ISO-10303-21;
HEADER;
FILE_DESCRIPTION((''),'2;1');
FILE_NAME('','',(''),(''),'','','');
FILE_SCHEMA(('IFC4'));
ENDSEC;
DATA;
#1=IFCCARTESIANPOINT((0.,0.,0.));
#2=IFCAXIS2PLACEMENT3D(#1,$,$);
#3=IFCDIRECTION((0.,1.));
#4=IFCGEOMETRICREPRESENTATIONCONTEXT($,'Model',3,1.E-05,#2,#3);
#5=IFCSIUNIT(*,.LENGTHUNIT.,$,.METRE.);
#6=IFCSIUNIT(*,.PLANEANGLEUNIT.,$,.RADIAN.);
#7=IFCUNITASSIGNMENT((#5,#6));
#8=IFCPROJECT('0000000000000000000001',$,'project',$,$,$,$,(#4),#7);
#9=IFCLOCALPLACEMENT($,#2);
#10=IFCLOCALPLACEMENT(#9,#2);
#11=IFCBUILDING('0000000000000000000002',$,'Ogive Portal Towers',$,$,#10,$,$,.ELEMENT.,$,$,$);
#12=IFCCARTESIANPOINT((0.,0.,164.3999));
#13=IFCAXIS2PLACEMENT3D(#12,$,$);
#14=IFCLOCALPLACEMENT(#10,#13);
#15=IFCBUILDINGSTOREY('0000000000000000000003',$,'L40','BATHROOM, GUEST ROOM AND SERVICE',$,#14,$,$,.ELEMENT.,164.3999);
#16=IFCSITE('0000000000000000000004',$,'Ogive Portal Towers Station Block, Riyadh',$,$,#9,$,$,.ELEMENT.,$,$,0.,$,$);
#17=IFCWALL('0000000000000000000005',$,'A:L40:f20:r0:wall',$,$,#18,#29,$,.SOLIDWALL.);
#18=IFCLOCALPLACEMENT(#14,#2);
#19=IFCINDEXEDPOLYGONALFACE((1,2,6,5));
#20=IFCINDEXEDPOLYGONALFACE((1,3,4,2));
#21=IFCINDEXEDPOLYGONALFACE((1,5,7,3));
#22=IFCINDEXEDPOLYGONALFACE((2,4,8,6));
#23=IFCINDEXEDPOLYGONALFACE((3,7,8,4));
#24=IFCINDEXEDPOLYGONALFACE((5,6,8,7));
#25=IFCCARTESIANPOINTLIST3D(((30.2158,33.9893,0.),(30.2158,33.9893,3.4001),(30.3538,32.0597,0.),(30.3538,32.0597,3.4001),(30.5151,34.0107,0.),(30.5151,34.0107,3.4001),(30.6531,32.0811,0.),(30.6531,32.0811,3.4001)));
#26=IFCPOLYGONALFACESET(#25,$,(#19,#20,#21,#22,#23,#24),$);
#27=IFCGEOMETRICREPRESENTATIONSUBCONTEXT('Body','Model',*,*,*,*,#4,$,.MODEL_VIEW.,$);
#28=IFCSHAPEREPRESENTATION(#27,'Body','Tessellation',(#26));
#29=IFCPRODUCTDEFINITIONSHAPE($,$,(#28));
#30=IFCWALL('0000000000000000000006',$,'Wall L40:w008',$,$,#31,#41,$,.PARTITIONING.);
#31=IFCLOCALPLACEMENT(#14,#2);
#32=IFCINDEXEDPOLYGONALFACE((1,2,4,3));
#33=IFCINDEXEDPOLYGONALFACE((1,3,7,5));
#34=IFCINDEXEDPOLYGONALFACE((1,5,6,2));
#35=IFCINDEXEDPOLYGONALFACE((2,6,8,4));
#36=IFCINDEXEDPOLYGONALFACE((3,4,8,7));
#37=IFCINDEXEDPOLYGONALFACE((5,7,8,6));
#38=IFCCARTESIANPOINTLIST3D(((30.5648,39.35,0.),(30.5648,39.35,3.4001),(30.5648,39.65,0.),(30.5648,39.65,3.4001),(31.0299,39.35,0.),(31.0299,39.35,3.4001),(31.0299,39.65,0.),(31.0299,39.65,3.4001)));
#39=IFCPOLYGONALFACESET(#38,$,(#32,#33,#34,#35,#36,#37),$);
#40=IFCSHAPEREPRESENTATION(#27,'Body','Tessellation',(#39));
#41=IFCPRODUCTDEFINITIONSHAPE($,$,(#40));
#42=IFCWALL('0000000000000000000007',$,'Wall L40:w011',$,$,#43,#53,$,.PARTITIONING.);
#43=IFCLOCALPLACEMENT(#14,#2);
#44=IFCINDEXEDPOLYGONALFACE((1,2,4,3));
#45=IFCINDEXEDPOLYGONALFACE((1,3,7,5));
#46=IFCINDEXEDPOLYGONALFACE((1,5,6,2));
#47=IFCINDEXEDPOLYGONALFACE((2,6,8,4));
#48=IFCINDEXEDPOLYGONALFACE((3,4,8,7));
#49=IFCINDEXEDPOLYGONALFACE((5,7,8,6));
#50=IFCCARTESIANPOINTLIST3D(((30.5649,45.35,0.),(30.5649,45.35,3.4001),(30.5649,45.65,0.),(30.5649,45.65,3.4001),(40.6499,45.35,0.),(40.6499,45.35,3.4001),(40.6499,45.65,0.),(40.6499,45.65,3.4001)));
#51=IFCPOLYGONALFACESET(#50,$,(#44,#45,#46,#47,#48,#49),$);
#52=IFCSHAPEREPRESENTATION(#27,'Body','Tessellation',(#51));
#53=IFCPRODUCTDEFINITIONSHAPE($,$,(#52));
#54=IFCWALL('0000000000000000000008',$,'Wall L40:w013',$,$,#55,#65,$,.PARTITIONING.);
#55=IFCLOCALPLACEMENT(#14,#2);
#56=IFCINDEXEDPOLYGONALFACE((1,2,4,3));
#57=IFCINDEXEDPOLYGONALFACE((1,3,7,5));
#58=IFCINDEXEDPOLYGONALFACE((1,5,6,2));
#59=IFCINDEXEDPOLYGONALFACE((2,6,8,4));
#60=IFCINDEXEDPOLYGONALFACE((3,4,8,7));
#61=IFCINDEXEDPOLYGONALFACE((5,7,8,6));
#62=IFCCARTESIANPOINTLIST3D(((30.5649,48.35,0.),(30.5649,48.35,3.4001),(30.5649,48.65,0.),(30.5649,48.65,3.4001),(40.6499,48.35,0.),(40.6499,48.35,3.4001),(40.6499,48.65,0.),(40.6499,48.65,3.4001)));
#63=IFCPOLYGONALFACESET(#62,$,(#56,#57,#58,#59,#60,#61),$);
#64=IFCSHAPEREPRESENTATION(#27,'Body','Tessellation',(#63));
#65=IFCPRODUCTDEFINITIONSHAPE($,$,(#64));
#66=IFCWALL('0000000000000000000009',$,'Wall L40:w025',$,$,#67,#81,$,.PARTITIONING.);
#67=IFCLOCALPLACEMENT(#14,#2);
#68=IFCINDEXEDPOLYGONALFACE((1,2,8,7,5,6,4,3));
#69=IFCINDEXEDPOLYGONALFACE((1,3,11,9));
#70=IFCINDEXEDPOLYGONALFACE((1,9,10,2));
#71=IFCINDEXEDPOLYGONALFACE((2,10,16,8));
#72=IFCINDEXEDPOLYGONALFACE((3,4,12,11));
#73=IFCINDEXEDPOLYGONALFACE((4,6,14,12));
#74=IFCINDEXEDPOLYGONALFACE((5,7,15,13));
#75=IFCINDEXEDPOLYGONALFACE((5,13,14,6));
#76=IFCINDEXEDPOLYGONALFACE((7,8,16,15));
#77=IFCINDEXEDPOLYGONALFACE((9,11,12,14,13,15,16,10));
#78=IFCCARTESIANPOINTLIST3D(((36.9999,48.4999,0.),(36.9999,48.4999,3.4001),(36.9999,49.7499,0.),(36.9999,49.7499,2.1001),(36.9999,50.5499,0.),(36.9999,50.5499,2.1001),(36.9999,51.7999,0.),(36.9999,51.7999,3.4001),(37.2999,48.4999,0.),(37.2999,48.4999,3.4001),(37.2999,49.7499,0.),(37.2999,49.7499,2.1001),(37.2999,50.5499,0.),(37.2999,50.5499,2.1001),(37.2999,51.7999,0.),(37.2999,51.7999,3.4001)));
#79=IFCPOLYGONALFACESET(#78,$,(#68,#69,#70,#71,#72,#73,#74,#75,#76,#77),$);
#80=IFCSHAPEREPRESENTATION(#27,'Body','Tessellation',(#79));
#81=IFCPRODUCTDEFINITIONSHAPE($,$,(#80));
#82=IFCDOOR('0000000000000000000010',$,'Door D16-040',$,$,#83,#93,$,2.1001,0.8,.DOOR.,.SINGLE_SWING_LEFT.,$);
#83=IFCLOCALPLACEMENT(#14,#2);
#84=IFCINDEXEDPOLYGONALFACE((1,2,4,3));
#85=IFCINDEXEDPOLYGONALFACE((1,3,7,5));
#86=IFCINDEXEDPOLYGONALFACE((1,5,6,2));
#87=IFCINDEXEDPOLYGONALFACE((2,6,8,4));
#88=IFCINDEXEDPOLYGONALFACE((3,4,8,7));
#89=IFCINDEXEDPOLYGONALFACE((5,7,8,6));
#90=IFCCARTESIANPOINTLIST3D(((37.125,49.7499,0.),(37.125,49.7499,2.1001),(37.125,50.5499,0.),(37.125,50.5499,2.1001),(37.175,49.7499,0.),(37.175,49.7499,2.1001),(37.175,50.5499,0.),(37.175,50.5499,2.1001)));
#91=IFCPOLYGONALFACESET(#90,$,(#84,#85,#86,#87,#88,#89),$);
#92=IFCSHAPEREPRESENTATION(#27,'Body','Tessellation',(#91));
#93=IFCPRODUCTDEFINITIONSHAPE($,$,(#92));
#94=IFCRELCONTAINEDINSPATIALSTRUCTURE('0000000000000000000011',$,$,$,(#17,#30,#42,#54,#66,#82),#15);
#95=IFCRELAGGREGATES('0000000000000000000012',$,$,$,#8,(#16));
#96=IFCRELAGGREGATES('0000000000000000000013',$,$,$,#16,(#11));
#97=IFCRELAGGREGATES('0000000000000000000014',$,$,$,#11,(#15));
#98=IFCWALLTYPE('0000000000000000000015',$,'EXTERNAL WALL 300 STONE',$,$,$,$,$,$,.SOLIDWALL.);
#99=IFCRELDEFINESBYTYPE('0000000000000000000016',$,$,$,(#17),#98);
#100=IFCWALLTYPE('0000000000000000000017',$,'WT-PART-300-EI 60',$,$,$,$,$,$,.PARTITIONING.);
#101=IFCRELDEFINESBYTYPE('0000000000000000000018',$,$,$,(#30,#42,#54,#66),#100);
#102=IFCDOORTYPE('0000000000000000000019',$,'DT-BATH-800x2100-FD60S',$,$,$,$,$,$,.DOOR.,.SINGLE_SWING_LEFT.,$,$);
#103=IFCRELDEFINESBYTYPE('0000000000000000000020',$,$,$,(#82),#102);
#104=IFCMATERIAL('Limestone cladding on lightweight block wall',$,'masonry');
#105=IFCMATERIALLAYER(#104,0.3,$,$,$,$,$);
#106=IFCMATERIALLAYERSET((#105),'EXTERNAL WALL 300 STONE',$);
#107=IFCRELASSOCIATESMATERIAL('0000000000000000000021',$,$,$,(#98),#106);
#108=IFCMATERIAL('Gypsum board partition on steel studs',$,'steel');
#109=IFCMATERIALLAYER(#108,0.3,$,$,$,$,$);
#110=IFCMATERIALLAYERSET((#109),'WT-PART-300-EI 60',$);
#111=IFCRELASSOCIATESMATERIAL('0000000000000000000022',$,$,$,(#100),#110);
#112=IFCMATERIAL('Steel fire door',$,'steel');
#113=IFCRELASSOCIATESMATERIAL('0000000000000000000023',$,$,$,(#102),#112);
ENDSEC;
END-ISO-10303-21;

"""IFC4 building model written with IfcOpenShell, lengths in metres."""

from ifc_helpers import new_model, si_unit, direction, frame, frame_2d, origin, place, context, subcontext, project, spatial, rectangle, extrude, material, layer, layer_set, type_object, element, fill, save


model = new_model("IFC4")

# Units and contexts
model_context = context("Model", 3, precision=1e-05, world=origin(), true_north=direction((0.0, 1.0)))
body_context = subcontext(model_context, "Body", "Model", "MODEL_VIEW")
ifc_project = project(units=[si_unit("LENGTHUNIT", "METRE"), si_unit("PLANEANGLEUNIT", "RADIAN")], contexts=[model_context])

# Site, building, storey
site_placement = place(None, origin())
site = spatial("IfcSite", under=ifc_project, at=site_placement, Name="Ogive Portal Towers Station Block, Riyadh", CompositionType="ELEMENT", RefElevation=0.0)
building_placement = place(site_placement, origin())
building = spatial("IfcBuilding", under=site, at=building_placement, Name="Ogive Portal Towers", CompositionType="ELEMENT")
storey_placement = place(building_placement, frame((0.0, 0.0, 164.3999)))
storey = spatial("IfcBuildingStorey", under=building, at=storey_placement, Name="L40", Description="BATHROOM, GUEST ROOM AND SERVICE", CompositionType="ELEMENT", Elevation=164.3999)

# Shared definitions
ifc_material_1 = material(Name="Steel fire door", Category="steel")

# Walls
ifc_material_2 = material(Name="Limestone cladding on lightweight block wall", Category="masonry")
ifc_layer_1 = layer(ifc_material_2, 0.3)
ifc_layer_set_1 = layer_set([ifc_layer_1], Name="EXTERNAL WALL 300 STONE")
wall_type_1 = type_object("IfcWallType", Name="EXTERNAL WALL 300 STONE", PredefinedType="SOLIDWALL", material=ifc_layer_set_1)
wall_1_placement = place(storey_placement, frame((30.3655, 34.0, 0.0), z_axis=(0.0, 0.0, 1.0), x_axis=(0.071301, -0.997455, 0.0)))
element("IfcWall", 1, at=wall_1_placement, inside=storey, type_object=wall_type_1, Name="A:L40:f20:r0:wall", PredefinedType="SOLIDWALL", context=body_context, shape_type="SweptSolid", body=[
    extrude(rectangle(XDim=1.9346, YDim=0.3, at=frame_2d((0.9673, 0.0))), origin(), (0.0, 0.0, 1.0), 3.4001),
])
ifc_material_3 = material(Name="Gypsum board partition on steel studs", Category="steel")
ifc_layer_2 = layer(ifc_material_3, 0.3)
ifc_layer_set_2 = layer_set([ifc_layer_2], Name="WT-PART-300-EI 60")
wall_type_2 = type_object("IfcWallType", Name="WT-PART-300-EI 60", PredefinedType="PARTITIONING", material=ifc_layer_set_2)
wall_2_placement = place(storey_placement, frame((30.5649, 39.5, 0.0), z_axis=(0.0, 0.0, 1.0), x_axis=(1.0, 0.0, 0.0)))
element("IfcWall", 2, at=wall_2_placement, inside=storey, type_object=wall_type_2, Name="Wall L40:w008", PredefinedType="PARTITIONING", context=body_context, shape_type="SweptSolid", body=[
    extrude(rectangle(XDim=0.4651, YDim=0.3, at=frame_2d((0.2324, 0.0))), origin(), (0.0, 0.0, 1.0), 3.4001),
])
for number, where, z_axis, x_axis, name in (
    (3, (30.5649, 45.5, 0.0), (0.0, 0.0, 1.0), (1.0, 0.0, 0.0), "Wall L40:w011"),
    (4, (30.5649, 48.5, 0.0), (0.0, 0.0, 1.0), (1.0, 0.0, 0.0), "Wall L40:w013"),
):
    element("IfcWall", number, at=place(storey_placement, frame(where, z_axis=z_axis, x_axis=x_axis)), inside=storey, type_object=wall_type_2, Name=name, PredefinedType="PARTITIONING", context=body_context, shape_type="SweptSolid", body=[
        extrude(rectangle(XDim=10.085, YDim=0.3, at=frame_2d((5.0425, 0.0))), origin(), (0.0, 0.0, 1.0), 3.4001),
    ])

# Wall, opening, door
wall_3_placement = place(storey_placement, frame((37.1499, 48.5, 0.0), z_axis=(0.0, 0.0, 1.0), x_axis=(0.0, 1.0, 0.0)))
wall_3 = element("IfcWall", 5, at=wall_3_placement, inside=storey, type_object=wall_type_2, Name="Wall L40:w025", PredefinedType="PARTITIONING", context=body_context, shape_type="SweptSolid", body=[
    extrude(rectangle(XDim=3.3, YDim=0.3, at=frame_2d((1.6499, 0.0))), origin(), (0.0, 0.0, 1.0), 3.4001),
])
opening_1_placement = place(wall_3_placement, frame((1.25, 0.0, 0.0)))
opening_1 = element("IfcOpeningElement", 6, at=opening_1_placement, cuts=wall_3, PredefinedType="OPENING", context=body_context, shape_type="SweptSolid", body=[
    extrude(rectangle(XDim=0.8, YDim=2.1001, at=frame_2d((0.3999, 1.05))), frame((0.0, 0.1602, 0.0), z_axis=(0.0, -1.0, 0.0), x_axis=(1.0, 0.0, 0.0)), (0.0, 0.0, 1.0), 0.3201),
])
door_type_1 = type_object("IfcDoorType", Name="DT-BATH-800x2100-FD60S", OperationType="SINGLE_SWING_LEFT", PredefinedType="DOOR", material=ifc_material_1)
door_1_placement = place(opening_1_placement, origin())
door_1 = element("IfcDoor", 7, at=door_1_placement, inside=storey, type_object=door_type_1, Name="Door D16-040", OperationType="SINGLE_SWING_LEFT", OverallHeight=2.1001, OverallWidth=0.8, PredefinedType="DOOR", context=body_context, shape_type="SweptSolid", body=[
    extrude(rectangle(XDim=0.8, YDim=2.1001, at=frame_2d((0.3999, 1.05))), frame((0.0, 0.0249, 0.0), z_axis=(0.0, -1.0, 0.0), x_axis=(1.0, 0.0, 0.0)), (0.0, 0.0, 1.0), 0.05),
])
fill(opening_1, door_1)

save(model, "model.ifc")
